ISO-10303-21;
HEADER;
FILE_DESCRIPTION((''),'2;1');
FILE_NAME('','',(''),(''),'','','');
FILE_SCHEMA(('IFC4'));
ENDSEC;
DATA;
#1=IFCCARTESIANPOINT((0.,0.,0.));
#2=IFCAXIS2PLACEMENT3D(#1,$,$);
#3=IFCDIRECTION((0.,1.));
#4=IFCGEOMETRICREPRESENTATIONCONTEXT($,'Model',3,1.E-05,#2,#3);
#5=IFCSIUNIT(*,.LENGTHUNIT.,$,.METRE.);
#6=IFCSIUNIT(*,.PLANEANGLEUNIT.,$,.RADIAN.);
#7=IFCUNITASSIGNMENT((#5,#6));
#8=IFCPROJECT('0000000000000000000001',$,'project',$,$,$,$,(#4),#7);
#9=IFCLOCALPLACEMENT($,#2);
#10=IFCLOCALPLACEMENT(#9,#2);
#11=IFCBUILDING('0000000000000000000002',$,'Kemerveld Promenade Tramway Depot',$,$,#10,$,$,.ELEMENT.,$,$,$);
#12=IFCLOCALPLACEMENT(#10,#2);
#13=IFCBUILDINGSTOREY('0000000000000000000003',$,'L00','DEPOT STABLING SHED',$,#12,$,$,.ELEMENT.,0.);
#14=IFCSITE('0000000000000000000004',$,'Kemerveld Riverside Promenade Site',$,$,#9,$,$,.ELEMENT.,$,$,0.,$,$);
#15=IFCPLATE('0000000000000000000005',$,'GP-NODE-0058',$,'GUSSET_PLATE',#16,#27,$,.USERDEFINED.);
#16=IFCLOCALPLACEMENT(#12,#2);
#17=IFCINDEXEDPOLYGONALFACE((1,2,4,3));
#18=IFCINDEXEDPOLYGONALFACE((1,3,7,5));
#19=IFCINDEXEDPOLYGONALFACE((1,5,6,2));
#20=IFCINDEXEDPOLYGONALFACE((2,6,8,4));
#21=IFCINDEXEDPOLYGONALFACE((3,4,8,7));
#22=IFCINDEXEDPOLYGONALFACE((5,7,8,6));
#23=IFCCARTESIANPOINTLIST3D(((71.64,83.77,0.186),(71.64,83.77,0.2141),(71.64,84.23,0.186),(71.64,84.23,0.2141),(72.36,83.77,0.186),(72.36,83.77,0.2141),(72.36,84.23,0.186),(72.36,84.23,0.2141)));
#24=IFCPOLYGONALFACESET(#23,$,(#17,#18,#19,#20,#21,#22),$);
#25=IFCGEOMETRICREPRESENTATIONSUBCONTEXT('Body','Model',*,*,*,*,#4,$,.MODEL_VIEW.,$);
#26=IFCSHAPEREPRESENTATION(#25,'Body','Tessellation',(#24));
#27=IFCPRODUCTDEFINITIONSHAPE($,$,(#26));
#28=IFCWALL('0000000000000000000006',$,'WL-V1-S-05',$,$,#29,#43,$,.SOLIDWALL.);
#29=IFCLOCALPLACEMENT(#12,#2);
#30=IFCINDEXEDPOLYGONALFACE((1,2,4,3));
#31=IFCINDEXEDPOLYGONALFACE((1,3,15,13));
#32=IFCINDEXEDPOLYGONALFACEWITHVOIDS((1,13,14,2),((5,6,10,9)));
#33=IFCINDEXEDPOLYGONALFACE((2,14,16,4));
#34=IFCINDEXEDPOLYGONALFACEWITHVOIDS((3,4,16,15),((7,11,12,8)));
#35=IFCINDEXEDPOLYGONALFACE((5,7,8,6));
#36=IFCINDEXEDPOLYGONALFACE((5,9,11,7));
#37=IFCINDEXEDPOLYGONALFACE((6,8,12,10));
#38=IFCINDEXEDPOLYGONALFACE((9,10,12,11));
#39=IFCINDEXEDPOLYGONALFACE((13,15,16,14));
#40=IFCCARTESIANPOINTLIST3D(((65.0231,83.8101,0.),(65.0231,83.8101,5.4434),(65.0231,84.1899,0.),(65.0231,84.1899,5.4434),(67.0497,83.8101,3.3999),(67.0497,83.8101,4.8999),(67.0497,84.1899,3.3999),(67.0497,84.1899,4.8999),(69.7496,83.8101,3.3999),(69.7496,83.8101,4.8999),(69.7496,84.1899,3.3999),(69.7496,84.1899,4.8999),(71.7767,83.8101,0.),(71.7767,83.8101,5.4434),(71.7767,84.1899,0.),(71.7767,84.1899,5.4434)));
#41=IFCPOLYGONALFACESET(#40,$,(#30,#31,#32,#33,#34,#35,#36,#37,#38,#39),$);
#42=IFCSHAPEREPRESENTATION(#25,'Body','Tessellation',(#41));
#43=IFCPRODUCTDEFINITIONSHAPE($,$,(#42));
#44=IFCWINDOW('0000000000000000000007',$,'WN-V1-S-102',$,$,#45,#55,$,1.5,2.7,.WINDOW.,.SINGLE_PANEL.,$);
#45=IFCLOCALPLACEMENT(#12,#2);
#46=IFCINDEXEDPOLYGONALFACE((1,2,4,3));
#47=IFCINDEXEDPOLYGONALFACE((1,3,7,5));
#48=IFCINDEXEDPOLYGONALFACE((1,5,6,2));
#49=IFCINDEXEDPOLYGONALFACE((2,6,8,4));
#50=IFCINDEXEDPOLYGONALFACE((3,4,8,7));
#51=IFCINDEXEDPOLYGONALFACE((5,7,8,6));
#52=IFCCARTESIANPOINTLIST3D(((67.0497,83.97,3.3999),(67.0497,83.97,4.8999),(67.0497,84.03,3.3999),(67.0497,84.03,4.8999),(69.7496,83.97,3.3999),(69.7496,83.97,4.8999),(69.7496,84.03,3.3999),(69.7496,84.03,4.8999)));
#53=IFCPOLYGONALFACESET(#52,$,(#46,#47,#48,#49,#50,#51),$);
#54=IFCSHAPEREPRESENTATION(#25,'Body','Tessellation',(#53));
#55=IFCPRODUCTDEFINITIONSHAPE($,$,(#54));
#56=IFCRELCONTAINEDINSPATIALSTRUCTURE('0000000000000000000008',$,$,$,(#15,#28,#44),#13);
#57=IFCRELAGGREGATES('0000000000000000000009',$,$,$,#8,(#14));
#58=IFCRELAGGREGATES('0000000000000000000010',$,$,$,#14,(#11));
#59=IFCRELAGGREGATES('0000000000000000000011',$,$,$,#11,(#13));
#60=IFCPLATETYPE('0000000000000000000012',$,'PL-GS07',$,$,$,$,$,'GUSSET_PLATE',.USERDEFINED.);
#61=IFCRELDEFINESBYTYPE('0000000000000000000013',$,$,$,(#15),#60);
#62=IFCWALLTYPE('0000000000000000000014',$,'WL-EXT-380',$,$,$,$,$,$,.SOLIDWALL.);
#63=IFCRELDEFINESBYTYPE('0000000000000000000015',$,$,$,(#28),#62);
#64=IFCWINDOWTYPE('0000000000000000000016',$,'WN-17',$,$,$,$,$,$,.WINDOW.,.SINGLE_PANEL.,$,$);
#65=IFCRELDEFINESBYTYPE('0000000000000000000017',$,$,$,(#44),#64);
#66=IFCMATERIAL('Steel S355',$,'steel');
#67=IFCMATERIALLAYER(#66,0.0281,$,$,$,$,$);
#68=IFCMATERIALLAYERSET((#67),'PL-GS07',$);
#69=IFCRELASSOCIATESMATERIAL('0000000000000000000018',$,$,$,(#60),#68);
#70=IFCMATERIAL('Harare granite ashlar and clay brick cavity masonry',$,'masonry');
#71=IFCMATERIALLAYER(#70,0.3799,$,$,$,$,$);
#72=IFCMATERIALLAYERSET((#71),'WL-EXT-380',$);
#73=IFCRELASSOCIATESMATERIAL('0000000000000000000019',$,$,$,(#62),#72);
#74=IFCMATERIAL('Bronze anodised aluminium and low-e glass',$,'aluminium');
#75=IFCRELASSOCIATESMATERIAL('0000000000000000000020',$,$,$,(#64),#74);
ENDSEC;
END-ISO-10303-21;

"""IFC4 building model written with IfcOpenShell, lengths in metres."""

from ifc_helpers import new_model, si_unit, direction, frame, frame_2d, origin, origin_2d, place, context, subcontext, project, spatial, rectangle, extrude, material, layer, layer_set, type_object, element, fill, save


model = new_model("IFC4")

# Units and contexts
model_context = context("Model", 3, precision=1e-05, world=origin(), true_north=direction((0.0, 1.0)))
body_context = subcontext(model_context, "Body", "Model", "MODEL_VIEW")
ifc_project = project(units=[si_unit("LENGTHUNIT", "METRE"), si_unit("PLANEANGLEUNIT", "RADIAN")], contexts=[model_context])

# Site, building, storey
site_placement = place(None, origin())
site = spatial("IfcSite", under=ifc_project, at=site_placement, Name="Kemerveld Riverside Promenade Site", CompositionType="ELEMENT", RefElevation=0.0)
building_placement = place(site_placement, origin())
building = spatial("IfcBuilding", under=site, at=building_placement, Name="Kemerveld Promenade Tramway Depot", CompositionType="ELEMENT")
storey_placement = place(building_placement, origin())
storey = spatial("IfcBuildingStorey", under=building, at=storey_placement, Name="L00", Description="DEPOT STABLING SHED", CompositionType="ELEMENT", Elevation=0.0)

# Shared definitions
ifc_material_1 = material(Name="Steel S355", Category="steel")

# Plate
ifc_layer_1 = layer(ifc_material_1, 0.0281)
ifc_layer_set_1 = layer_set([ifc_layer_1], Name="PL-GS07")
plate_type_1 = type_object("IfcPlateType", Name="PL-GS07", ElementType="GUSSET_PLATE", PredefinedType="USERDEFINED", material=ifc_layer_set_1)
plate_1_placement = place(storey_placement, frame((72.0, 84.0, 0.186), z_axis=(0.0, 0.0, 1.0), x_axis=(1.0, 0.0, 0.0)))
element("IfcPlate", 1, at=plate_1_placement, inside=storey, type_object=plate_type_1, Name="GP-NODE-0058", ObjectType="GUSSET_PLATE", PredefinedType="USERDEFINED", context=body_context, shape_type="SweptSolid", body=[
    extrude(rectangle(XDim=0.72, YDim=0.46, at=origin_2d()), origin(), (0.0, 0.0, 1.0), 0.0281),
])

# Wall, opening, window
ifc_material_2 = material(Name="Harare granite ashlar and clay brick cavity masonry", Category="masonry")
ifc_layer_2 = layer(ifc_material_2, 0.3799)
ifc_layer_set_2 = layer_set([ifc_layer_2], Name="WL-EXT-380")
wall_type = type_object("IfcWallType", Name="WL-EXT-380", PredefinedType="SOLIDWALL", material=ifc_layer_set_2)
wall_placement = place(storey_placement, frame((71.7769, 84.0, 0.0), z_axis=(0.0, 0.0, 1.0), x_axis=(-1.0, 0.0, 0.0)))
wall = element("IfcWall", 2, at=wall_placement, inside=storey, type_object=wall_type, Name="WL-V1-S-05", PredefinedType="SOLIDWALL", context=body_context, shape_type="SweptSolid", body=[
    extrude(rectangle(XDim=6.7537, YDim=0.3799, at=frame_2d((3.377, 0.0))), origin(), (0.0, 0.0, 1.0), 5.4434),
])
opening_placement = place(wall_placement, frame((2.0271, 0.0, 3.3999)))
opening = element("IfcOpeningElement", 3, at=opening_placement, cuts=wall, PredefinedType="OPENING", context=body_context, shape_type="SweptSolid", body=[
    extrude(rectangle(XDim=2.7, YDim=1.5, at=frame_2d((1.3501, 0.75))), frame((0.0, 0.2, 0.0), z_axis=(0.0, -1.0, 0.0), x_axis=(1.0, 0.0, 0.0)), (0.0, 0.0, 1.0), 0.3999),
])
ifc_material_3 = material(Name="Bronze anodised aluminium and low-e glass", Category="aluminium")
window_type = type_object("IfcWindowType", Name="WN-17", PartitioningType="SINGLE_PANEL", PredefinedType="WINDOW", material=ifc_material_3)
window_placement = place(opening_placement, origin())
window = element("IfcWindow", 4, at=window_placement, inside=storey, type_object=window_type, Name="WN-V1-S-102", OverallHeight=1.5, OverallWidth=2.7, PartitioningType="SINGLE_PANEL", PredefinedType="WINDOW", context=body_context, shape_type="SweptSolid", body=[
    extrude(rectangle(XDim=2.7, YDim=1.5, at=frame_2d((1.3501, 0.75))), frame((0.0, 0.03, 0.0), z_axis=(0.0, -1.0, 0.0), x_axis=(1.0, 0.0, 0.0)), (0.0, 0.0, 1.0), 0.0601),
])
fill(opening, window)

save(model, "model.ifc")
